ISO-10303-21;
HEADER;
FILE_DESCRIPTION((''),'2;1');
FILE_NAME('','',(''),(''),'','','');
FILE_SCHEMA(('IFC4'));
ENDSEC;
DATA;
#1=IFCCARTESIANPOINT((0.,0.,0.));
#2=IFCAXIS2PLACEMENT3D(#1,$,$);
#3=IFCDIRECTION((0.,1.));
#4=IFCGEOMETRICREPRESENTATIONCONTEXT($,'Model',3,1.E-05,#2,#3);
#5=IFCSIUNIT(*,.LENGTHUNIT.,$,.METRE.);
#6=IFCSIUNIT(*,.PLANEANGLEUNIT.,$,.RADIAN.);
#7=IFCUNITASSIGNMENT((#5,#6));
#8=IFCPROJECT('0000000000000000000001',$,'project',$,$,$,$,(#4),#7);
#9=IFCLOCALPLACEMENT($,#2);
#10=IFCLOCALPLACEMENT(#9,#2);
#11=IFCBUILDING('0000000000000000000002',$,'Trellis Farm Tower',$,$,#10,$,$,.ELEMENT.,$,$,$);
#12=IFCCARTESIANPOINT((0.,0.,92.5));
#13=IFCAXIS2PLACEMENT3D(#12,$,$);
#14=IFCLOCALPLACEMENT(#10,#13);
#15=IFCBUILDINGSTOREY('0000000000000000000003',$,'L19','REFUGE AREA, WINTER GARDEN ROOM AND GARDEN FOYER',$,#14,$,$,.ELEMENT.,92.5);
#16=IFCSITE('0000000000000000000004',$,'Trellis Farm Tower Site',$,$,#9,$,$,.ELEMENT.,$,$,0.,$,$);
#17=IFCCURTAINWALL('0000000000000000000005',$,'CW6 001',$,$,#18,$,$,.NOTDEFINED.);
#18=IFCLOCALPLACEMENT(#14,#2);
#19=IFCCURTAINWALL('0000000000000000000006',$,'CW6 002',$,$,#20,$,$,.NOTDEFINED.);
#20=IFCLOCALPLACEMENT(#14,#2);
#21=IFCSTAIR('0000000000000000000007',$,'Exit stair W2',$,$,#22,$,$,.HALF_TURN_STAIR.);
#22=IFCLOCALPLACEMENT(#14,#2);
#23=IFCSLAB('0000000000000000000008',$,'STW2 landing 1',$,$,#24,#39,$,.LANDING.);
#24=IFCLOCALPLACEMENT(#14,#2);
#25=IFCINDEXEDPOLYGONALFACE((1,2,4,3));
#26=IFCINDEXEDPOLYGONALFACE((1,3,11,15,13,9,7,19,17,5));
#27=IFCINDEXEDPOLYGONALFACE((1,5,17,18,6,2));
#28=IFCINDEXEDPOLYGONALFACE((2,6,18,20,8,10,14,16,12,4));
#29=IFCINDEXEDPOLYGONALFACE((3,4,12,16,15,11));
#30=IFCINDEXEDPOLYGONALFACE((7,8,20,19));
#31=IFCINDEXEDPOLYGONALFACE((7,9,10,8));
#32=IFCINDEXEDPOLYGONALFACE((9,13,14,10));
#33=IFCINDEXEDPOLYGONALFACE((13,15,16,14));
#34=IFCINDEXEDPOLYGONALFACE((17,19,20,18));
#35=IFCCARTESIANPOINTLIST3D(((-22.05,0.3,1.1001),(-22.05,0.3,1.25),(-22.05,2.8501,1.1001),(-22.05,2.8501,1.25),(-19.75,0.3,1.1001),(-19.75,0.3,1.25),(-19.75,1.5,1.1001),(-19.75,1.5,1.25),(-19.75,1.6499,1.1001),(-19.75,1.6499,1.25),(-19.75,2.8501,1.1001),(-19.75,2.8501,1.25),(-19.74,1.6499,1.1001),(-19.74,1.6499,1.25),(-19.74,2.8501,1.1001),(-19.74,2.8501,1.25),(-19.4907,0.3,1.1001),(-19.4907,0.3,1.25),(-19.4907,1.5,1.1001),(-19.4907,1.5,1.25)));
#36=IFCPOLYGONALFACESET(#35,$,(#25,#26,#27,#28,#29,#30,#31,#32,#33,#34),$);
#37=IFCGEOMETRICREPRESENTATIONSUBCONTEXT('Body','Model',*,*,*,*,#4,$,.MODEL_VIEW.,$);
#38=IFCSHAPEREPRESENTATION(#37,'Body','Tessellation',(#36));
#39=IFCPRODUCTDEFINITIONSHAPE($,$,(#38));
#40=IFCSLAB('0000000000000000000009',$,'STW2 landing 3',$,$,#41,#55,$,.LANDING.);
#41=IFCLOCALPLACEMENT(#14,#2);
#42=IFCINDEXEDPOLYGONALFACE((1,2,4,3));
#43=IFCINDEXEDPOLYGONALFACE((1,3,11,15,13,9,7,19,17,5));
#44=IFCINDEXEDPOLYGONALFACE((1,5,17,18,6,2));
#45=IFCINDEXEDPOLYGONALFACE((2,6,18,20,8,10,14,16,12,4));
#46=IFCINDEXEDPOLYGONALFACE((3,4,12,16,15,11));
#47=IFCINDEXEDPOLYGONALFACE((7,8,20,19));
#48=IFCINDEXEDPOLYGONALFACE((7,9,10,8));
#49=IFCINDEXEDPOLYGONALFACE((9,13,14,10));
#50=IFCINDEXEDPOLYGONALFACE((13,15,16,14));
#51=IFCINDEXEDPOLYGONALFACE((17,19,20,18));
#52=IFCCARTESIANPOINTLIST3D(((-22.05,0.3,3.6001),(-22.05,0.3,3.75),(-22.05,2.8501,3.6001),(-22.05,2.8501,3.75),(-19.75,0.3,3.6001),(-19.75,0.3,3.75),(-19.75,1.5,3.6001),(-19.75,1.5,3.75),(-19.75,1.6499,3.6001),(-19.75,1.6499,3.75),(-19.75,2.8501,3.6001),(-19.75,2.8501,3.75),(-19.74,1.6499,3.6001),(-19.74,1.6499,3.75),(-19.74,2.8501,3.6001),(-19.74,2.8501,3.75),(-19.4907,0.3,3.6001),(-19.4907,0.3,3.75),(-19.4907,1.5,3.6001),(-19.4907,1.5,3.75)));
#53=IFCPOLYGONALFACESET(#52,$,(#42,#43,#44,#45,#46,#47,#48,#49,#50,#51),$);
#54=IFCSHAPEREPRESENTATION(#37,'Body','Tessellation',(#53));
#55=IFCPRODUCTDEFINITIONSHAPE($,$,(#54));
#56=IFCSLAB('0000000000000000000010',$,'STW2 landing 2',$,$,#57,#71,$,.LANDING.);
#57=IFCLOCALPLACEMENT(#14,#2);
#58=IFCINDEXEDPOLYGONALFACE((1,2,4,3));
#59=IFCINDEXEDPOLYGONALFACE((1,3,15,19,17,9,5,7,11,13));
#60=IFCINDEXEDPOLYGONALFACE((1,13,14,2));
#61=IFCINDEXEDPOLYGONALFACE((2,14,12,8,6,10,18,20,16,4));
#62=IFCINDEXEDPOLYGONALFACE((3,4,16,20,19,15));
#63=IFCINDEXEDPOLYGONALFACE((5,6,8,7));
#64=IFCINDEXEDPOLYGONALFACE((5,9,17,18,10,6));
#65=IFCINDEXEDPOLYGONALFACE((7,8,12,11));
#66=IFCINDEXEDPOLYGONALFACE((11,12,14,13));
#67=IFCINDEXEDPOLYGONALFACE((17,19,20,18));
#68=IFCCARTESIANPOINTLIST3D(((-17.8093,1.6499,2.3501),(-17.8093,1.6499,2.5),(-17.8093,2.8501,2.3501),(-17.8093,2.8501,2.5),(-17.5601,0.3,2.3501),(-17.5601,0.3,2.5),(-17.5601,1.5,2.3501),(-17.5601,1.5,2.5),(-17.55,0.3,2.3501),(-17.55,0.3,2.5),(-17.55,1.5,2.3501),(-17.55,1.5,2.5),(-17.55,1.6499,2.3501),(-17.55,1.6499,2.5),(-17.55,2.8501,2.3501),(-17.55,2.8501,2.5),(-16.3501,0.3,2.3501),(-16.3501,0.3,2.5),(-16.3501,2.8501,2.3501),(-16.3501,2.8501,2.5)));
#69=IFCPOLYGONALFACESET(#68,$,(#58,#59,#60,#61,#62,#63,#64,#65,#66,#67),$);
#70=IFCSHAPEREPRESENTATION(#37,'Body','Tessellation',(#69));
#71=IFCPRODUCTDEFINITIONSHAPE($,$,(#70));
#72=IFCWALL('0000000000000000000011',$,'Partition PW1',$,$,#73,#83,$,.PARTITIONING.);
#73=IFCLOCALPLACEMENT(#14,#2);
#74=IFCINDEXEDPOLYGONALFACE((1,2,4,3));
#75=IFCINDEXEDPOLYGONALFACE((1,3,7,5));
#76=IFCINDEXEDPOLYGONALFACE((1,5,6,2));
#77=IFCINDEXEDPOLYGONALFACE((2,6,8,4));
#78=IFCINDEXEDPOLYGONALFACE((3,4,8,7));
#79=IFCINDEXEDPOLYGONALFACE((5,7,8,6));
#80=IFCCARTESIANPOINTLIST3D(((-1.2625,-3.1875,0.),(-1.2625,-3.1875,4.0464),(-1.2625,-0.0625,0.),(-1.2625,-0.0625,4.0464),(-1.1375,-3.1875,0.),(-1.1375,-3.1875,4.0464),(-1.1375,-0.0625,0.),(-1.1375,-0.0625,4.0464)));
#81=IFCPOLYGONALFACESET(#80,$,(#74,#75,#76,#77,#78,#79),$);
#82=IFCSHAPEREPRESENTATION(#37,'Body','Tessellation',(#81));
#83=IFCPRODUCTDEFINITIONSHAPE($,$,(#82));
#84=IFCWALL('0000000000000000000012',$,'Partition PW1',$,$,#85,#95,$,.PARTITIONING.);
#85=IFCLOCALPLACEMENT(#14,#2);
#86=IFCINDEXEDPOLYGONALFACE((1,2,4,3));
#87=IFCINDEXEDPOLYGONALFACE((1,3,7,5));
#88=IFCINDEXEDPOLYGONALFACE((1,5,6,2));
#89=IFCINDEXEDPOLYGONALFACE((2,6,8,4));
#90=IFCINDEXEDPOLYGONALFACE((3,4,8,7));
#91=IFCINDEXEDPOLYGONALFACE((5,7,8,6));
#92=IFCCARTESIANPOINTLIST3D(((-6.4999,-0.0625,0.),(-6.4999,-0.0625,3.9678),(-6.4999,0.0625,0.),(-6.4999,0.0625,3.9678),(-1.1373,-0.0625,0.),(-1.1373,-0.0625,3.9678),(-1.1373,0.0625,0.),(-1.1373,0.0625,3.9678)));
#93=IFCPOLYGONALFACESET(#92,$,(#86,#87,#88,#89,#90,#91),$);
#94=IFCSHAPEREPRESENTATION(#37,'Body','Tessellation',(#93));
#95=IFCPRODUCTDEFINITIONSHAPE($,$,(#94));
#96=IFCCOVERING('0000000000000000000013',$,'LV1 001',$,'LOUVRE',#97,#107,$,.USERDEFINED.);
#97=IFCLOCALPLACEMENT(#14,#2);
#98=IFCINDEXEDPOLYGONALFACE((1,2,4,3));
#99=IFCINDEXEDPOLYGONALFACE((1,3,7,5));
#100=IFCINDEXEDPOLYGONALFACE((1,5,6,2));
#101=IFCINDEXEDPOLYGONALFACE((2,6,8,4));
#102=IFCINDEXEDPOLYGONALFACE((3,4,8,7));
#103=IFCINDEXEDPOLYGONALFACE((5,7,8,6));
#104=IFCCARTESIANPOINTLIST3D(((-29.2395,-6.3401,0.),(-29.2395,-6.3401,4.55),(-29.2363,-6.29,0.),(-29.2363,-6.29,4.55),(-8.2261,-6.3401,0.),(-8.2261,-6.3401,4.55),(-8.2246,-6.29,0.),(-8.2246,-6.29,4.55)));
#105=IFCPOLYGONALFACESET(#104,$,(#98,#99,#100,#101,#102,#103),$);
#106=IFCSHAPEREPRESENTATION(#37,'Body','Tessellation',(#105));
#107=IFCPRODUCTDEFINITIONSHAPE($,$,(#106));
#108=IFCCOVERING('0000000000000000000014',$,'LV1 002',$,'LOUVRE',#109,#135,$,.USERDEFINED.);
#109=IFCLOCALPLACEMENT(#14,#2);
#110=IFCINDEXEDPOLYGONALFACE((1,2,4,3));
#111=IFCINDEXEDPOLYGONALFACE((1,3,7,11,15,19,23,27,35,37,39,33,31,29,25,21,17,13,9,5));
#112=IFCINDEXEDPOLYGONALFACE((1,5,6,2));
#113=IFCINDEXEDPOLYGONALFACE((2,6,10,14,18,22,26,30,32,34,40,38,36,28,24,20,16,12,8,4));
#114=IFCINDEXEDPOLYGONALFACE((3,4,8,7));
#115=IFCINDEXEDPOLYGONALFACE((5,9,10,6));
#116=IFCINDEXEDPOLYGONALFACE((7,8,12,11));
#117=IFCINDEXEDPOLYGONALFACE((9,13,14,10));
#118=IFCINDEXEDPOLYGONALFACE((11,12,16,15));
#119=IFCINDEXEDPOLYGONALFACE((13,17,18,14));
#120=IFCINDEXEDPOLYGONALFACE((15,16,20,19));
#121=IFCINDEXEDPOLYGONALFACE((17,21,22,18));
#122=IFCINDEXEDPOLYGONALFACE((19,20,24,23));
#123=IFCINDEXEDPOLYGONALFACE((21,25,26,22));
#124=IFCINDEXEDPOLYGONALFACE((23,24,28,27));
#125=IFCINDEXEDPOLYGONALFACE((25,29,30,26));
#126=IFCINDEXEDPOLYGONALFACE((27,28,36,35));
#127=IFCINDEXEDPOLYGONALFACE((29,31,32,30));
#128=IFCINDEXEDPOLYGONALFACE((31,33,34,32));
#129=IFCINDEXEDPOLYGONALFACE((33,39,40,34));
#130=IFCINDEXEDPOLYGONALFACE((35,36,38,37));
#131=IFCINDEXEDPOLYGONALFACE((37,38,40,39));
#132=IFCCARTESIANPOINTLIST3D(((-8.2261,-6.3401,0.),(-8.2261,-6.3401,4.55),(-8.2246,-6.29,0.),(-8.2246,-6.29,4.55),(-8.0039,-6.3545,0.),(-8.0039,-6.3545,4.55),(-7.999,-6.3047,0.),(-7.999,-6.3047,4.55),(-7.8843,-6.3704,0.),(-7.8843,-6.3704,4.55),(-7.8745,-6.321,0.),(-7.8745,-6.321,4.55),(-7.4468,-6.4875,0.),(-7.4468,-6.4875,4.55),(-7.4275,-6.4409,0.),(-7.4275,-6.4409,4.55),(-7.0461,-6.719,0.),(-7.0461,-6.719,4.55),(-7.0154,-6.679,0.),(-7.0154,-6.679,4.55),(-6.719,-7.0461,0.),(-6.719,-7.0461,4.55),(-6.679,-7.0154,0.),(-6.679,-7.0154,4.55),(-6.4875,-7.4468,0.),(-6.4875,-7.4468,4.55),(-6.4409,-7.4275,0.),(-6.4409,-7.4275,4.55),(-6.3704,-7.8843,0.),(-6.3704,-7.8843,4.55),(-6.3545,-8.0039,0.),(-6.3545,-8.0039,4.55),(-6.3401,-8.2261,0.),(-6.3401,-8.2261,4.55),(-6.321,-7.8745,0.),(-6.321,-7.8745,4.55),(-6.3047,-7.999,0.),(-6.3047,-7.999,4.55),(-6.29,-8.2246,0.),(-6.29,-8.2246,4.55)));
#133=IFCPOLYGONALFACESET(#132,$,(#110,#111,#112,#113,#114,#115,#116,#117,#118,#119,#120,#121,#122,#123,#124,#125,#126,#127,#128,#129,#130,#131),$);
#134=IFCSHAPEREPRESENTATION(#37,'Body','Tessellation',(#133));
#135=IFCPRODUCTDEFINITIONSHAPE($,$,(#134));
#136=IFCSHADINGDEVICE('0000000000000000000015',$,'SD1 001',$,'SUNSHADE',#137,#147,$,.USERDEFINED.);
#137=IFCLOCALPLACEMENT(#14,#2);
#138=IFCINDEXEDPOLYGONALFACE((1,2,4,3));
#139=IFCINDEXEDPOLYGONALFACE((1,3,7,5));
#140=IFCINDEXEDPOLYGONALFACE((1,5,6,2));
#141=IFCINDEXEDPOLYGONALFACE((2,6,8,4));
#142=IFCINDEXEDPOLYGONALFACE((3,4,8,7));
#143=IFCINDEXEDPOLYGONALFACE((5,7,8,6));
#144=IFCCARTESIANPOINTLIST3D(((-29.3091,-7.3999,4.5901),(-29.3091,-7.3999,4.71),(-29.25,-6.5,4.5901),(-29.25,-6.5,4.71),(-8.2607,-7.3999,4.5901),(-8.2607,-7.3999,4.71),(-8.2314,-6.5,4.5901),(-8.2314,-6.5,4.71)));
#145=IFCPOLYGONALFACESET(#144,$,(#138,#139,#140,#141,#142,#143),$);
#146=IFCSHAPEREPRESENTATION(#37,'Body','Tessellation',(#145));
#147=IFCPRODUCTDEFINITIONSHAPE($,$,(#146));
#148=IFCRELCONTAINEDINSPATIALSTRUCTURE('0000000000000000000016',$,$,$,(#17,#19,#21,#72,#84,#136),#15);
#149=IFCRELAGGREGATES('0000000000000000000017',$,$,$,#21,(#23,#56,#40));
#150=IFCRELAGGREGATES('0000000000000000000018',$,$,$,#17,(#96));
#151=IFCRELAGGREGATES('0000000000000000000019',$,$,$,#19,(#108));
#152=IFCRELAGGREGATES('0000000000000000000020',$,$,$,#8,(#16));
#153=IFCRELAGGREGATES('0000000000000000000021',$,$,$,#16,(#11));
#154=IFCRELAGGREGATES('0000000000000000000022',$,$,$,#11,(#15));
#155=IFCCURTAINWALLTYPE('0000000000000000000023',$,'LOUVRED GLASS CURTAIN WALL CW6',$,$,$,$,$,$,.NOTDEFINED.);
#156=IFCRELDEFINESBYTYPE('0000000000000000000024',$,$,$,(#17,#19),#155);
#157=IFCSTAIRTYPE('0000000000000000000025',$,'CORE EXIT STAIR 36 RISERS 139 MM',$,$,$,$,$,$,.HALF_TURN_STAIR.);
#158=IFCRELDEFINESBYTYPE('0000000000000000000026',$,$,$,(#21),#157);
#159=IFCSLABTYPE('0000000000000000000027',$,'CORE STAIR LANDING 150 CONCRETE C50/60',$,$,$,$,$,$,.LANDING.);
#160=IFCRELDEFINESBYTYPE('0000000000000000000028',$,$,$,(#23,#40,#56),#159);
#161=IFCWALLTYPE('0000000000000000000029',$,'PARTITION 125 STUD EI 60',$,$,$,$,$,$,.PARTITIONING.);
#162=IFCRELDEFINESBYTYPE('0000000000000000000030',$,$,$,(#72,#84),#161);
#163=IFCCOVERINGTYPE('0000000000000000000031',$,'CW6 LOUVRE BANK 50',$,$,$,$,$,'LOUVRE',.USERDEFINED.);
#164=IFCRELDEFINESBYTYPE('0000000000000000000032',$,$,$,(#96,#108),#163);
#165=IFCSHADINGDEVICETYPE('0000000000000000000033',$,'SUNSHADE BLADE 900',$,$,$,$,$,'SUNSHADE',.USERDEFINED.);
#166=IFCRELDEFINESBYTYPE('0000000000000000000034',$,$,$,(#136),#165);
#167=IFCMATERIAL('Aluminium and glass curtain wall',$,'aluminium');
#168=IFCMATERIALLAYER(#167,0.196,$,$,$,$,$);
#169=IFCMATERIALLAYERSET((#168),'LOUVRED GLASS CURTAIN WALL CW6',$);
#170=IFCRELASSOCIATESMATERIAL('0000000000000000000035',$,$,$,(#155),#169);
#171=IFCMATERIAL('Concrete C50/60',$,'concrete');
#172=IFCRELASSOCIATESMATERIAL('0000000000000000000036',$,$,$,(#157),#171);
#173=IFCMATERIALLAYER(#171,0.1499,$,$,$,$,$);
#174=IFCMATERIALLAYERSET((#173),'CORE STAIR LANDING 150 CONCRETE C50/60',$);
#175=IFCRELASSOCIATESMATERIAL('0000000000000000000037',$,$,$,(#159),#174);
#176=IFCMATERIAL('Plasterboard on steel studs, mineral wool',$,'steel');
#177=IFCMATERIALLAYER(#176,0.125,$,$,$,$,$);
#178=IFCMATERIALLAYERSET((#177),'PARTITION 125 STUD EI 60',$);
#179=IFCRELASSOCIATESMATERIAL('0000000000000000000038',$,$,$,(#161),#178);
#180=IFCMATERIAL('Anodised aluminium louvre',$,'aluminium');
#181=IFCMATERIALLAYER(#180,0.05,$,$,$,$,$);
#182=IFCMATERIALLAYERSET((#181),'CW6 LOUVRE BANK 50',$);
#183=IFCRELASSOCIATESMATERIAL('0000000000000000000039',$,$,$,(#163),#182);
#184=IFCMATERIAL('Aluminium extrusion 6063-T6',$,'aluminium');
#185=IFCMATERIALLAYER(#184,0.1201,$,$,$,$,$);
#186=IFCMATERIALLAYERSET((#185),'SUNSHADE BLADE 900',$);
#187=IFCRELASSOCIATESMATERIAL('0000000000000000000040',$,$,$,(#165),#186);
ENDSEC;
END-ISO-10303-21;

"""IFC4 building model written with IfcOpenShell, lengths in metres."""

from ifc_helpers import new_model, si_unit, direction, frame, frame_2d, origin, place, context, subcontext, project, spatial, polyline, rectangle, outline, extrude, source, transform, mapped, material, layer, layer_set, type_object, element, aggregate, save


model = new_model("IFC4")

# Units and contexts
model_context = context("Model", 3, precision=1e-05, world=origin(), true_north=direction((0.0, 1.0)))
body_context = subcontext(model_context, "Body", "Model", "MODEL_VIEW")
ifc_project = project(units=[si_unit("LENGTHUNIT", "METRE"), si_unit("PLANEANGLEUNIT", "RADIAN")], contexts=[model_context])

# Site, building, storey
site_placement = place(None, origin())
site = spatial("IfcSite", under=ifc_project, at=site_placement, Name="Trellis Farm Tower Site", CompositionType="ELEMENT", RefElevation=0.0)
building_placement = place(site_placement, origin())
building = spatial("IfcBuilding", under=site, at=building_placement, Name="Trellis Farm Tower", CompositionType="ELEMENT")
storey_placement = place(building_placement, frame((0.0, 0.0, 92.5)))
storey = spatial("IfcBuildingStorey", under=building, at=storey_placement, Name="L19", Description="REFUGE AREA, WINTER GARDEN ROOM AND GARDEN FOYER", CompositionType="ELEMENT", Elevation=92.5)

# Curtain walls
ifc_material_1 = material(Name="Aluminium and glass curtain wall", Category="aluminium")
ifc_layer_1 = layer(ifc_material_1, 0.196)
ifc_layer_set_1 = layer_set([ifc_layer_1], Name="LOUVRED GLASS CURTAIN WALL CW6")
curtain_wall_type = type_object("IfcCurtainWallType", Name="LOUVRED GLASS CURTAIN WALL CW6", PredefinedType="NOTDEFINED", material=ifc_layer_set_1)
placement_1 = place(storey_placement, origin())
curtain_wall_1 = element("IfcCurtainWall", 1, at=placement_1, inside=storey, type_object=curtain_wall_type, Name="CW6 001", PredefinedType="NOTDEFINED")
ifc_material_2 = material(Name="Aluminium extrusion 6063-T6", Category="aluminium")
curtain_wall_2 = element("IfcCurtainWall", 2, at=placement_1, inside=storey, type_object=curtain_wall_type, Name="CW6 002", PredefinedType="NOTDEFINED")

# Stair, slabs
ifc_material_3 = material(Name="Concrete C50/60", Category="concrete")
stair_type = type_object("IfcStairType", Name="CORE EXIT STAIR 36 RISERS 139 MM", PredefinedType="HALF_TURN_STAIR", material=ifc_material_3)
ifc_layer_2 = layer(ifc_material_3, 0.1499)
ifc_layer_set_2 = layer_set([ifc_layer_2], Name="CORE STAIR LANDING 150 CONCRETE C50/60")
slab_type_1 = type_object("IfcSlabType", Name="CORE STAIR LANDING 150 CONCRETE C50/60", PredefinedType="LANDING", material=ifc_layer_set_2)
placement_2 = place(storey_placement, frame((0.0, 0.0, 1.1001)))
placement_3 = place(storey_placement, frame((0.0, 0.0, 3.6001)))
placement_4 = place(storey_placement, frame((0.0, 0.0, 2.3501)))
stair_1 = element("IfcStair", 3, at=placement_1, inside=storey, type_object=stair_type, Name="Exit stair W2", PredefinedType="HALF_TURN_STAIR")
shared_shape_1 = source(origin(), body_context, "Body", "SweptSolid", [
    extrude(outline(polyline([(-19.4907, 1.5), (-19.4907, 0.3), (-19.75, 0.3), (-22.05, 0.3), (-22.05, 2.8501), (-19.75, 2.8501), (-19.74, 2.8501), (-19.74, 1.6499), (-19.75, 1.6499), (-19.75, 1.5), (-19.4907, 1.5)])), origin(), (0.0, 0.0, 1.0), 0.1499),
])
slab_1 = element("IfcSlab", 4, at=placement_2, type_object=slab_type_1, Name="STW2 landing 1", PredefinedType="LANDING", context=body_context, shape_type="MappedRepresentation", body=[
    mapped(shared_shape_1, transform((0.0, 0.0, 0.0))),
])
slab_2 = element("IfcSlab", 5, at=placement_3, type_object=slab_type_1, Name="STW2 landing 3", PredefinedType="LANDING", context=body_context, shape_type="MappedRepresentation", body=[
    mapped(shared_shape_1, transform((0.0, 0.0, 0.0))),
])
shared_shape_2 = source(origin(), body_context, "Body", "SweptSolid", [
    extrude(outline(polyline([(-17.5601, 0.3), (-17.5601, 1.5), (-17.55, 1.5), (-17.55, 1.6499), (-17.8093, 1.6499), (-17.8093, 2.8501), (-17.55, 2.8501), (-16.3501, 2.8501), (-16.3501, 0.3), (-17.55, 0.3), (-17.5601, 0.3)])), origin(), (0.0, 0.0, 1.0), 0.1499),
])
slab_3 = element("IfcSlab", 6, at=placement_4, type_object=slab_type_1, Name="STW2 landing 2", PredefinedType="LANDING", context=body_context, shape_type="MappedRepresentation", body=[
    mapped(shared_shape_2, transform((0.0, 0.0, 0.0))),
])
aggregate(stair_1, [slab_1, slab_3, slab_2])

# Walls
ifc_material_4 = material(Name="Plasterboard on steel studs, mineral wool", Category="steel")
ifc_layer_3 = layer(ifc_material_4, 0.125)
ifc_layer_set_3 = layer_set([ifc_layer_3], Name="PARTITION 125 STUD EI 60")
wall_type = type_object("IfcWallType", Name="PARTITION 125 STUD EI 60", PredefinedType="PARTITIONING", material=ifc_layer_set_3)
shared_shape_3 = source(origin(), body_context, "Body", "SweptSolid", [
    extrude(rectangle(XDim=3.125, YDim=0.125, at=frame_2d((1.5625, 0.0))), origin(), (0.0, 0.0, 1.0), 4.0464),
])
wall_1_placement = place(storey_placement, frame((-1.2, -0.0625, 0.0), z_axis=(0.0, 0.0, 1.0), x_axis=(0.0, -1.0, 0.0)))
element("IfcWall", 7, at=wall_1_placement, inside=storey, type_object=wall_type, Name="Partition PW1", PredefinedType="PARTITIONING", context=body_context, shape_type="MappedRepresentation", body=[
    mapped(shared_shape_3, transform((0.0, 0.0, 0.0))),
])
shared_shape_4 = source(origin(), body_context, "Body", "SweptSolid", [
    extrude(rectangle(XDim=5.3625, YDim=0.125, at=frame_2d((2.6812, 0.0))), origin(), (0.0, 0.0, 1.0), 3.9678),
])
wall_2_placement = place(storey_placement, frame((-1.1375, 0.0, 0.0), z_axis=(0.0, 0.0, 1.0), x_axis=(-1.0, 0.0, 0.0)))
element("IfcWall", 8, at=wall_2_placement, inside=storey, type_object=wall_type, Name="Partition PW1", PredefinedType="PARTITIONING", context=body_context, shape_type="MappedRepresentation", body=[
    mapped(shared_shape_4, transform((0.0, 0.0, 0.0))),
])

# Coverings
ifc_material_5 = material(Name="Anodised aluminium louvre", Category="aluminium")
ifc_layer_4 = layer(ifc_material_5, 0.05)
ifc_layer_set_4 = layer_set([ifc_layer_4], Name="CW6 LOUVRE BANK 50")
covering_type = type_object("IfcCoveringType", Name="CW6 LOUVRE BANK 50", ElementType="LOUVRE", PredefinedType="USERDEFINED", material=ifc_layer_set_4)
covering_1 = element("IfcCovering", 9, at=placement_1, type_object=covering_type, Name="LV1 001", ObjectType="LOUVRE", PredefinedType="USERDEFINED", context=body_context, shape_type="SweptSolid", body=[
    extrude(outline(polyline([(-29.2395, -6.3401), (-8.2261, -6.3401), (-8.2246, -6.29), (-29.2363, -6.29), (-29.2395, -6.3401)])), origin(), (0.0, 0.0, 1.0), 4.55),
])
aggregate(curtain_wall_1, [covering_1])
covering_2 = element("IfcCovering", 10, at=placement_1, type_object=covering_type, Name="LV1 002", ObjectType="LOUVRE", PredefinedType="USERDEFINED", context=body_context, shape_type="SweptSolid", body=[
    extrude(outline(polyline([(-8.2261, -6.3401), (-8.0039, -6.3545), (-7.8843, -6.3704), (-7.4468, -6.4875), (-7.0461, -6.719), (-6.719, -7.0461), (-6.4875, -7.4468), (-6.3704, -7.8843), (-6.3545, -8.0039), (-6.3401, -8.2261), (-6.29, -8.2246), (-6.3047, -7.999), (-6.321, -7.8745), (-6.4409, -7.4275), (-6.679, -7.0154), (-7.0154, -6.679), (-7.4275, -6.4409), (-7.8745, -6.321), (-7.999, -6.3047), (-8.2246, -6.29), (-8.2261, -6.3401)])), origin(), (0.0, 0.0, 1.0), 4.55),
])
aggregate(curtain_wall_2, [covering_2])

# Shading device
ifc_layer_5 = layer(ifc_material_2, 0.1201)
ifc_layer_set_5 = layer_set([ifc_layer_5], Name="SUNSHADE BLADE 900")
shading_device_type = type_object("IfcShadingDeviceType", Name="SUNSHADE BLADE 900", ElementType="SUNSHADE", PredefinedType="USERDEFINED", material=ifc_layer_set_5)
shared_shape_5 = source(origin(), body_context, "Body", "SweptSolid", [
    extrude(outline(polyline([(-29.3091, -7.3999), (-8.2607, -7.3999), (-8.2314, -6.5), (-29.25, -6.5), (-29.3091, -7.3999)])), origin(), (0.0, 0.0, 1.0), 0.1199),
])
shading_device_placement = place(storey_placement, frame((0.0, 0.0, 4.5901)))
element("IfcShadingDevice", 11, at=shading_device_placement, inside=storey, type_object=shading_device_type, Name="SD1 001", ObjectType="SUNSHADE", PredefinedType="USERDEFINED", context=body_context, shape_type="MappedRepresentation", body=[
    mapped(shared_shape_5, transform((0.0, 0.0, 0.0))),
])

save(model, "model.ifc")
